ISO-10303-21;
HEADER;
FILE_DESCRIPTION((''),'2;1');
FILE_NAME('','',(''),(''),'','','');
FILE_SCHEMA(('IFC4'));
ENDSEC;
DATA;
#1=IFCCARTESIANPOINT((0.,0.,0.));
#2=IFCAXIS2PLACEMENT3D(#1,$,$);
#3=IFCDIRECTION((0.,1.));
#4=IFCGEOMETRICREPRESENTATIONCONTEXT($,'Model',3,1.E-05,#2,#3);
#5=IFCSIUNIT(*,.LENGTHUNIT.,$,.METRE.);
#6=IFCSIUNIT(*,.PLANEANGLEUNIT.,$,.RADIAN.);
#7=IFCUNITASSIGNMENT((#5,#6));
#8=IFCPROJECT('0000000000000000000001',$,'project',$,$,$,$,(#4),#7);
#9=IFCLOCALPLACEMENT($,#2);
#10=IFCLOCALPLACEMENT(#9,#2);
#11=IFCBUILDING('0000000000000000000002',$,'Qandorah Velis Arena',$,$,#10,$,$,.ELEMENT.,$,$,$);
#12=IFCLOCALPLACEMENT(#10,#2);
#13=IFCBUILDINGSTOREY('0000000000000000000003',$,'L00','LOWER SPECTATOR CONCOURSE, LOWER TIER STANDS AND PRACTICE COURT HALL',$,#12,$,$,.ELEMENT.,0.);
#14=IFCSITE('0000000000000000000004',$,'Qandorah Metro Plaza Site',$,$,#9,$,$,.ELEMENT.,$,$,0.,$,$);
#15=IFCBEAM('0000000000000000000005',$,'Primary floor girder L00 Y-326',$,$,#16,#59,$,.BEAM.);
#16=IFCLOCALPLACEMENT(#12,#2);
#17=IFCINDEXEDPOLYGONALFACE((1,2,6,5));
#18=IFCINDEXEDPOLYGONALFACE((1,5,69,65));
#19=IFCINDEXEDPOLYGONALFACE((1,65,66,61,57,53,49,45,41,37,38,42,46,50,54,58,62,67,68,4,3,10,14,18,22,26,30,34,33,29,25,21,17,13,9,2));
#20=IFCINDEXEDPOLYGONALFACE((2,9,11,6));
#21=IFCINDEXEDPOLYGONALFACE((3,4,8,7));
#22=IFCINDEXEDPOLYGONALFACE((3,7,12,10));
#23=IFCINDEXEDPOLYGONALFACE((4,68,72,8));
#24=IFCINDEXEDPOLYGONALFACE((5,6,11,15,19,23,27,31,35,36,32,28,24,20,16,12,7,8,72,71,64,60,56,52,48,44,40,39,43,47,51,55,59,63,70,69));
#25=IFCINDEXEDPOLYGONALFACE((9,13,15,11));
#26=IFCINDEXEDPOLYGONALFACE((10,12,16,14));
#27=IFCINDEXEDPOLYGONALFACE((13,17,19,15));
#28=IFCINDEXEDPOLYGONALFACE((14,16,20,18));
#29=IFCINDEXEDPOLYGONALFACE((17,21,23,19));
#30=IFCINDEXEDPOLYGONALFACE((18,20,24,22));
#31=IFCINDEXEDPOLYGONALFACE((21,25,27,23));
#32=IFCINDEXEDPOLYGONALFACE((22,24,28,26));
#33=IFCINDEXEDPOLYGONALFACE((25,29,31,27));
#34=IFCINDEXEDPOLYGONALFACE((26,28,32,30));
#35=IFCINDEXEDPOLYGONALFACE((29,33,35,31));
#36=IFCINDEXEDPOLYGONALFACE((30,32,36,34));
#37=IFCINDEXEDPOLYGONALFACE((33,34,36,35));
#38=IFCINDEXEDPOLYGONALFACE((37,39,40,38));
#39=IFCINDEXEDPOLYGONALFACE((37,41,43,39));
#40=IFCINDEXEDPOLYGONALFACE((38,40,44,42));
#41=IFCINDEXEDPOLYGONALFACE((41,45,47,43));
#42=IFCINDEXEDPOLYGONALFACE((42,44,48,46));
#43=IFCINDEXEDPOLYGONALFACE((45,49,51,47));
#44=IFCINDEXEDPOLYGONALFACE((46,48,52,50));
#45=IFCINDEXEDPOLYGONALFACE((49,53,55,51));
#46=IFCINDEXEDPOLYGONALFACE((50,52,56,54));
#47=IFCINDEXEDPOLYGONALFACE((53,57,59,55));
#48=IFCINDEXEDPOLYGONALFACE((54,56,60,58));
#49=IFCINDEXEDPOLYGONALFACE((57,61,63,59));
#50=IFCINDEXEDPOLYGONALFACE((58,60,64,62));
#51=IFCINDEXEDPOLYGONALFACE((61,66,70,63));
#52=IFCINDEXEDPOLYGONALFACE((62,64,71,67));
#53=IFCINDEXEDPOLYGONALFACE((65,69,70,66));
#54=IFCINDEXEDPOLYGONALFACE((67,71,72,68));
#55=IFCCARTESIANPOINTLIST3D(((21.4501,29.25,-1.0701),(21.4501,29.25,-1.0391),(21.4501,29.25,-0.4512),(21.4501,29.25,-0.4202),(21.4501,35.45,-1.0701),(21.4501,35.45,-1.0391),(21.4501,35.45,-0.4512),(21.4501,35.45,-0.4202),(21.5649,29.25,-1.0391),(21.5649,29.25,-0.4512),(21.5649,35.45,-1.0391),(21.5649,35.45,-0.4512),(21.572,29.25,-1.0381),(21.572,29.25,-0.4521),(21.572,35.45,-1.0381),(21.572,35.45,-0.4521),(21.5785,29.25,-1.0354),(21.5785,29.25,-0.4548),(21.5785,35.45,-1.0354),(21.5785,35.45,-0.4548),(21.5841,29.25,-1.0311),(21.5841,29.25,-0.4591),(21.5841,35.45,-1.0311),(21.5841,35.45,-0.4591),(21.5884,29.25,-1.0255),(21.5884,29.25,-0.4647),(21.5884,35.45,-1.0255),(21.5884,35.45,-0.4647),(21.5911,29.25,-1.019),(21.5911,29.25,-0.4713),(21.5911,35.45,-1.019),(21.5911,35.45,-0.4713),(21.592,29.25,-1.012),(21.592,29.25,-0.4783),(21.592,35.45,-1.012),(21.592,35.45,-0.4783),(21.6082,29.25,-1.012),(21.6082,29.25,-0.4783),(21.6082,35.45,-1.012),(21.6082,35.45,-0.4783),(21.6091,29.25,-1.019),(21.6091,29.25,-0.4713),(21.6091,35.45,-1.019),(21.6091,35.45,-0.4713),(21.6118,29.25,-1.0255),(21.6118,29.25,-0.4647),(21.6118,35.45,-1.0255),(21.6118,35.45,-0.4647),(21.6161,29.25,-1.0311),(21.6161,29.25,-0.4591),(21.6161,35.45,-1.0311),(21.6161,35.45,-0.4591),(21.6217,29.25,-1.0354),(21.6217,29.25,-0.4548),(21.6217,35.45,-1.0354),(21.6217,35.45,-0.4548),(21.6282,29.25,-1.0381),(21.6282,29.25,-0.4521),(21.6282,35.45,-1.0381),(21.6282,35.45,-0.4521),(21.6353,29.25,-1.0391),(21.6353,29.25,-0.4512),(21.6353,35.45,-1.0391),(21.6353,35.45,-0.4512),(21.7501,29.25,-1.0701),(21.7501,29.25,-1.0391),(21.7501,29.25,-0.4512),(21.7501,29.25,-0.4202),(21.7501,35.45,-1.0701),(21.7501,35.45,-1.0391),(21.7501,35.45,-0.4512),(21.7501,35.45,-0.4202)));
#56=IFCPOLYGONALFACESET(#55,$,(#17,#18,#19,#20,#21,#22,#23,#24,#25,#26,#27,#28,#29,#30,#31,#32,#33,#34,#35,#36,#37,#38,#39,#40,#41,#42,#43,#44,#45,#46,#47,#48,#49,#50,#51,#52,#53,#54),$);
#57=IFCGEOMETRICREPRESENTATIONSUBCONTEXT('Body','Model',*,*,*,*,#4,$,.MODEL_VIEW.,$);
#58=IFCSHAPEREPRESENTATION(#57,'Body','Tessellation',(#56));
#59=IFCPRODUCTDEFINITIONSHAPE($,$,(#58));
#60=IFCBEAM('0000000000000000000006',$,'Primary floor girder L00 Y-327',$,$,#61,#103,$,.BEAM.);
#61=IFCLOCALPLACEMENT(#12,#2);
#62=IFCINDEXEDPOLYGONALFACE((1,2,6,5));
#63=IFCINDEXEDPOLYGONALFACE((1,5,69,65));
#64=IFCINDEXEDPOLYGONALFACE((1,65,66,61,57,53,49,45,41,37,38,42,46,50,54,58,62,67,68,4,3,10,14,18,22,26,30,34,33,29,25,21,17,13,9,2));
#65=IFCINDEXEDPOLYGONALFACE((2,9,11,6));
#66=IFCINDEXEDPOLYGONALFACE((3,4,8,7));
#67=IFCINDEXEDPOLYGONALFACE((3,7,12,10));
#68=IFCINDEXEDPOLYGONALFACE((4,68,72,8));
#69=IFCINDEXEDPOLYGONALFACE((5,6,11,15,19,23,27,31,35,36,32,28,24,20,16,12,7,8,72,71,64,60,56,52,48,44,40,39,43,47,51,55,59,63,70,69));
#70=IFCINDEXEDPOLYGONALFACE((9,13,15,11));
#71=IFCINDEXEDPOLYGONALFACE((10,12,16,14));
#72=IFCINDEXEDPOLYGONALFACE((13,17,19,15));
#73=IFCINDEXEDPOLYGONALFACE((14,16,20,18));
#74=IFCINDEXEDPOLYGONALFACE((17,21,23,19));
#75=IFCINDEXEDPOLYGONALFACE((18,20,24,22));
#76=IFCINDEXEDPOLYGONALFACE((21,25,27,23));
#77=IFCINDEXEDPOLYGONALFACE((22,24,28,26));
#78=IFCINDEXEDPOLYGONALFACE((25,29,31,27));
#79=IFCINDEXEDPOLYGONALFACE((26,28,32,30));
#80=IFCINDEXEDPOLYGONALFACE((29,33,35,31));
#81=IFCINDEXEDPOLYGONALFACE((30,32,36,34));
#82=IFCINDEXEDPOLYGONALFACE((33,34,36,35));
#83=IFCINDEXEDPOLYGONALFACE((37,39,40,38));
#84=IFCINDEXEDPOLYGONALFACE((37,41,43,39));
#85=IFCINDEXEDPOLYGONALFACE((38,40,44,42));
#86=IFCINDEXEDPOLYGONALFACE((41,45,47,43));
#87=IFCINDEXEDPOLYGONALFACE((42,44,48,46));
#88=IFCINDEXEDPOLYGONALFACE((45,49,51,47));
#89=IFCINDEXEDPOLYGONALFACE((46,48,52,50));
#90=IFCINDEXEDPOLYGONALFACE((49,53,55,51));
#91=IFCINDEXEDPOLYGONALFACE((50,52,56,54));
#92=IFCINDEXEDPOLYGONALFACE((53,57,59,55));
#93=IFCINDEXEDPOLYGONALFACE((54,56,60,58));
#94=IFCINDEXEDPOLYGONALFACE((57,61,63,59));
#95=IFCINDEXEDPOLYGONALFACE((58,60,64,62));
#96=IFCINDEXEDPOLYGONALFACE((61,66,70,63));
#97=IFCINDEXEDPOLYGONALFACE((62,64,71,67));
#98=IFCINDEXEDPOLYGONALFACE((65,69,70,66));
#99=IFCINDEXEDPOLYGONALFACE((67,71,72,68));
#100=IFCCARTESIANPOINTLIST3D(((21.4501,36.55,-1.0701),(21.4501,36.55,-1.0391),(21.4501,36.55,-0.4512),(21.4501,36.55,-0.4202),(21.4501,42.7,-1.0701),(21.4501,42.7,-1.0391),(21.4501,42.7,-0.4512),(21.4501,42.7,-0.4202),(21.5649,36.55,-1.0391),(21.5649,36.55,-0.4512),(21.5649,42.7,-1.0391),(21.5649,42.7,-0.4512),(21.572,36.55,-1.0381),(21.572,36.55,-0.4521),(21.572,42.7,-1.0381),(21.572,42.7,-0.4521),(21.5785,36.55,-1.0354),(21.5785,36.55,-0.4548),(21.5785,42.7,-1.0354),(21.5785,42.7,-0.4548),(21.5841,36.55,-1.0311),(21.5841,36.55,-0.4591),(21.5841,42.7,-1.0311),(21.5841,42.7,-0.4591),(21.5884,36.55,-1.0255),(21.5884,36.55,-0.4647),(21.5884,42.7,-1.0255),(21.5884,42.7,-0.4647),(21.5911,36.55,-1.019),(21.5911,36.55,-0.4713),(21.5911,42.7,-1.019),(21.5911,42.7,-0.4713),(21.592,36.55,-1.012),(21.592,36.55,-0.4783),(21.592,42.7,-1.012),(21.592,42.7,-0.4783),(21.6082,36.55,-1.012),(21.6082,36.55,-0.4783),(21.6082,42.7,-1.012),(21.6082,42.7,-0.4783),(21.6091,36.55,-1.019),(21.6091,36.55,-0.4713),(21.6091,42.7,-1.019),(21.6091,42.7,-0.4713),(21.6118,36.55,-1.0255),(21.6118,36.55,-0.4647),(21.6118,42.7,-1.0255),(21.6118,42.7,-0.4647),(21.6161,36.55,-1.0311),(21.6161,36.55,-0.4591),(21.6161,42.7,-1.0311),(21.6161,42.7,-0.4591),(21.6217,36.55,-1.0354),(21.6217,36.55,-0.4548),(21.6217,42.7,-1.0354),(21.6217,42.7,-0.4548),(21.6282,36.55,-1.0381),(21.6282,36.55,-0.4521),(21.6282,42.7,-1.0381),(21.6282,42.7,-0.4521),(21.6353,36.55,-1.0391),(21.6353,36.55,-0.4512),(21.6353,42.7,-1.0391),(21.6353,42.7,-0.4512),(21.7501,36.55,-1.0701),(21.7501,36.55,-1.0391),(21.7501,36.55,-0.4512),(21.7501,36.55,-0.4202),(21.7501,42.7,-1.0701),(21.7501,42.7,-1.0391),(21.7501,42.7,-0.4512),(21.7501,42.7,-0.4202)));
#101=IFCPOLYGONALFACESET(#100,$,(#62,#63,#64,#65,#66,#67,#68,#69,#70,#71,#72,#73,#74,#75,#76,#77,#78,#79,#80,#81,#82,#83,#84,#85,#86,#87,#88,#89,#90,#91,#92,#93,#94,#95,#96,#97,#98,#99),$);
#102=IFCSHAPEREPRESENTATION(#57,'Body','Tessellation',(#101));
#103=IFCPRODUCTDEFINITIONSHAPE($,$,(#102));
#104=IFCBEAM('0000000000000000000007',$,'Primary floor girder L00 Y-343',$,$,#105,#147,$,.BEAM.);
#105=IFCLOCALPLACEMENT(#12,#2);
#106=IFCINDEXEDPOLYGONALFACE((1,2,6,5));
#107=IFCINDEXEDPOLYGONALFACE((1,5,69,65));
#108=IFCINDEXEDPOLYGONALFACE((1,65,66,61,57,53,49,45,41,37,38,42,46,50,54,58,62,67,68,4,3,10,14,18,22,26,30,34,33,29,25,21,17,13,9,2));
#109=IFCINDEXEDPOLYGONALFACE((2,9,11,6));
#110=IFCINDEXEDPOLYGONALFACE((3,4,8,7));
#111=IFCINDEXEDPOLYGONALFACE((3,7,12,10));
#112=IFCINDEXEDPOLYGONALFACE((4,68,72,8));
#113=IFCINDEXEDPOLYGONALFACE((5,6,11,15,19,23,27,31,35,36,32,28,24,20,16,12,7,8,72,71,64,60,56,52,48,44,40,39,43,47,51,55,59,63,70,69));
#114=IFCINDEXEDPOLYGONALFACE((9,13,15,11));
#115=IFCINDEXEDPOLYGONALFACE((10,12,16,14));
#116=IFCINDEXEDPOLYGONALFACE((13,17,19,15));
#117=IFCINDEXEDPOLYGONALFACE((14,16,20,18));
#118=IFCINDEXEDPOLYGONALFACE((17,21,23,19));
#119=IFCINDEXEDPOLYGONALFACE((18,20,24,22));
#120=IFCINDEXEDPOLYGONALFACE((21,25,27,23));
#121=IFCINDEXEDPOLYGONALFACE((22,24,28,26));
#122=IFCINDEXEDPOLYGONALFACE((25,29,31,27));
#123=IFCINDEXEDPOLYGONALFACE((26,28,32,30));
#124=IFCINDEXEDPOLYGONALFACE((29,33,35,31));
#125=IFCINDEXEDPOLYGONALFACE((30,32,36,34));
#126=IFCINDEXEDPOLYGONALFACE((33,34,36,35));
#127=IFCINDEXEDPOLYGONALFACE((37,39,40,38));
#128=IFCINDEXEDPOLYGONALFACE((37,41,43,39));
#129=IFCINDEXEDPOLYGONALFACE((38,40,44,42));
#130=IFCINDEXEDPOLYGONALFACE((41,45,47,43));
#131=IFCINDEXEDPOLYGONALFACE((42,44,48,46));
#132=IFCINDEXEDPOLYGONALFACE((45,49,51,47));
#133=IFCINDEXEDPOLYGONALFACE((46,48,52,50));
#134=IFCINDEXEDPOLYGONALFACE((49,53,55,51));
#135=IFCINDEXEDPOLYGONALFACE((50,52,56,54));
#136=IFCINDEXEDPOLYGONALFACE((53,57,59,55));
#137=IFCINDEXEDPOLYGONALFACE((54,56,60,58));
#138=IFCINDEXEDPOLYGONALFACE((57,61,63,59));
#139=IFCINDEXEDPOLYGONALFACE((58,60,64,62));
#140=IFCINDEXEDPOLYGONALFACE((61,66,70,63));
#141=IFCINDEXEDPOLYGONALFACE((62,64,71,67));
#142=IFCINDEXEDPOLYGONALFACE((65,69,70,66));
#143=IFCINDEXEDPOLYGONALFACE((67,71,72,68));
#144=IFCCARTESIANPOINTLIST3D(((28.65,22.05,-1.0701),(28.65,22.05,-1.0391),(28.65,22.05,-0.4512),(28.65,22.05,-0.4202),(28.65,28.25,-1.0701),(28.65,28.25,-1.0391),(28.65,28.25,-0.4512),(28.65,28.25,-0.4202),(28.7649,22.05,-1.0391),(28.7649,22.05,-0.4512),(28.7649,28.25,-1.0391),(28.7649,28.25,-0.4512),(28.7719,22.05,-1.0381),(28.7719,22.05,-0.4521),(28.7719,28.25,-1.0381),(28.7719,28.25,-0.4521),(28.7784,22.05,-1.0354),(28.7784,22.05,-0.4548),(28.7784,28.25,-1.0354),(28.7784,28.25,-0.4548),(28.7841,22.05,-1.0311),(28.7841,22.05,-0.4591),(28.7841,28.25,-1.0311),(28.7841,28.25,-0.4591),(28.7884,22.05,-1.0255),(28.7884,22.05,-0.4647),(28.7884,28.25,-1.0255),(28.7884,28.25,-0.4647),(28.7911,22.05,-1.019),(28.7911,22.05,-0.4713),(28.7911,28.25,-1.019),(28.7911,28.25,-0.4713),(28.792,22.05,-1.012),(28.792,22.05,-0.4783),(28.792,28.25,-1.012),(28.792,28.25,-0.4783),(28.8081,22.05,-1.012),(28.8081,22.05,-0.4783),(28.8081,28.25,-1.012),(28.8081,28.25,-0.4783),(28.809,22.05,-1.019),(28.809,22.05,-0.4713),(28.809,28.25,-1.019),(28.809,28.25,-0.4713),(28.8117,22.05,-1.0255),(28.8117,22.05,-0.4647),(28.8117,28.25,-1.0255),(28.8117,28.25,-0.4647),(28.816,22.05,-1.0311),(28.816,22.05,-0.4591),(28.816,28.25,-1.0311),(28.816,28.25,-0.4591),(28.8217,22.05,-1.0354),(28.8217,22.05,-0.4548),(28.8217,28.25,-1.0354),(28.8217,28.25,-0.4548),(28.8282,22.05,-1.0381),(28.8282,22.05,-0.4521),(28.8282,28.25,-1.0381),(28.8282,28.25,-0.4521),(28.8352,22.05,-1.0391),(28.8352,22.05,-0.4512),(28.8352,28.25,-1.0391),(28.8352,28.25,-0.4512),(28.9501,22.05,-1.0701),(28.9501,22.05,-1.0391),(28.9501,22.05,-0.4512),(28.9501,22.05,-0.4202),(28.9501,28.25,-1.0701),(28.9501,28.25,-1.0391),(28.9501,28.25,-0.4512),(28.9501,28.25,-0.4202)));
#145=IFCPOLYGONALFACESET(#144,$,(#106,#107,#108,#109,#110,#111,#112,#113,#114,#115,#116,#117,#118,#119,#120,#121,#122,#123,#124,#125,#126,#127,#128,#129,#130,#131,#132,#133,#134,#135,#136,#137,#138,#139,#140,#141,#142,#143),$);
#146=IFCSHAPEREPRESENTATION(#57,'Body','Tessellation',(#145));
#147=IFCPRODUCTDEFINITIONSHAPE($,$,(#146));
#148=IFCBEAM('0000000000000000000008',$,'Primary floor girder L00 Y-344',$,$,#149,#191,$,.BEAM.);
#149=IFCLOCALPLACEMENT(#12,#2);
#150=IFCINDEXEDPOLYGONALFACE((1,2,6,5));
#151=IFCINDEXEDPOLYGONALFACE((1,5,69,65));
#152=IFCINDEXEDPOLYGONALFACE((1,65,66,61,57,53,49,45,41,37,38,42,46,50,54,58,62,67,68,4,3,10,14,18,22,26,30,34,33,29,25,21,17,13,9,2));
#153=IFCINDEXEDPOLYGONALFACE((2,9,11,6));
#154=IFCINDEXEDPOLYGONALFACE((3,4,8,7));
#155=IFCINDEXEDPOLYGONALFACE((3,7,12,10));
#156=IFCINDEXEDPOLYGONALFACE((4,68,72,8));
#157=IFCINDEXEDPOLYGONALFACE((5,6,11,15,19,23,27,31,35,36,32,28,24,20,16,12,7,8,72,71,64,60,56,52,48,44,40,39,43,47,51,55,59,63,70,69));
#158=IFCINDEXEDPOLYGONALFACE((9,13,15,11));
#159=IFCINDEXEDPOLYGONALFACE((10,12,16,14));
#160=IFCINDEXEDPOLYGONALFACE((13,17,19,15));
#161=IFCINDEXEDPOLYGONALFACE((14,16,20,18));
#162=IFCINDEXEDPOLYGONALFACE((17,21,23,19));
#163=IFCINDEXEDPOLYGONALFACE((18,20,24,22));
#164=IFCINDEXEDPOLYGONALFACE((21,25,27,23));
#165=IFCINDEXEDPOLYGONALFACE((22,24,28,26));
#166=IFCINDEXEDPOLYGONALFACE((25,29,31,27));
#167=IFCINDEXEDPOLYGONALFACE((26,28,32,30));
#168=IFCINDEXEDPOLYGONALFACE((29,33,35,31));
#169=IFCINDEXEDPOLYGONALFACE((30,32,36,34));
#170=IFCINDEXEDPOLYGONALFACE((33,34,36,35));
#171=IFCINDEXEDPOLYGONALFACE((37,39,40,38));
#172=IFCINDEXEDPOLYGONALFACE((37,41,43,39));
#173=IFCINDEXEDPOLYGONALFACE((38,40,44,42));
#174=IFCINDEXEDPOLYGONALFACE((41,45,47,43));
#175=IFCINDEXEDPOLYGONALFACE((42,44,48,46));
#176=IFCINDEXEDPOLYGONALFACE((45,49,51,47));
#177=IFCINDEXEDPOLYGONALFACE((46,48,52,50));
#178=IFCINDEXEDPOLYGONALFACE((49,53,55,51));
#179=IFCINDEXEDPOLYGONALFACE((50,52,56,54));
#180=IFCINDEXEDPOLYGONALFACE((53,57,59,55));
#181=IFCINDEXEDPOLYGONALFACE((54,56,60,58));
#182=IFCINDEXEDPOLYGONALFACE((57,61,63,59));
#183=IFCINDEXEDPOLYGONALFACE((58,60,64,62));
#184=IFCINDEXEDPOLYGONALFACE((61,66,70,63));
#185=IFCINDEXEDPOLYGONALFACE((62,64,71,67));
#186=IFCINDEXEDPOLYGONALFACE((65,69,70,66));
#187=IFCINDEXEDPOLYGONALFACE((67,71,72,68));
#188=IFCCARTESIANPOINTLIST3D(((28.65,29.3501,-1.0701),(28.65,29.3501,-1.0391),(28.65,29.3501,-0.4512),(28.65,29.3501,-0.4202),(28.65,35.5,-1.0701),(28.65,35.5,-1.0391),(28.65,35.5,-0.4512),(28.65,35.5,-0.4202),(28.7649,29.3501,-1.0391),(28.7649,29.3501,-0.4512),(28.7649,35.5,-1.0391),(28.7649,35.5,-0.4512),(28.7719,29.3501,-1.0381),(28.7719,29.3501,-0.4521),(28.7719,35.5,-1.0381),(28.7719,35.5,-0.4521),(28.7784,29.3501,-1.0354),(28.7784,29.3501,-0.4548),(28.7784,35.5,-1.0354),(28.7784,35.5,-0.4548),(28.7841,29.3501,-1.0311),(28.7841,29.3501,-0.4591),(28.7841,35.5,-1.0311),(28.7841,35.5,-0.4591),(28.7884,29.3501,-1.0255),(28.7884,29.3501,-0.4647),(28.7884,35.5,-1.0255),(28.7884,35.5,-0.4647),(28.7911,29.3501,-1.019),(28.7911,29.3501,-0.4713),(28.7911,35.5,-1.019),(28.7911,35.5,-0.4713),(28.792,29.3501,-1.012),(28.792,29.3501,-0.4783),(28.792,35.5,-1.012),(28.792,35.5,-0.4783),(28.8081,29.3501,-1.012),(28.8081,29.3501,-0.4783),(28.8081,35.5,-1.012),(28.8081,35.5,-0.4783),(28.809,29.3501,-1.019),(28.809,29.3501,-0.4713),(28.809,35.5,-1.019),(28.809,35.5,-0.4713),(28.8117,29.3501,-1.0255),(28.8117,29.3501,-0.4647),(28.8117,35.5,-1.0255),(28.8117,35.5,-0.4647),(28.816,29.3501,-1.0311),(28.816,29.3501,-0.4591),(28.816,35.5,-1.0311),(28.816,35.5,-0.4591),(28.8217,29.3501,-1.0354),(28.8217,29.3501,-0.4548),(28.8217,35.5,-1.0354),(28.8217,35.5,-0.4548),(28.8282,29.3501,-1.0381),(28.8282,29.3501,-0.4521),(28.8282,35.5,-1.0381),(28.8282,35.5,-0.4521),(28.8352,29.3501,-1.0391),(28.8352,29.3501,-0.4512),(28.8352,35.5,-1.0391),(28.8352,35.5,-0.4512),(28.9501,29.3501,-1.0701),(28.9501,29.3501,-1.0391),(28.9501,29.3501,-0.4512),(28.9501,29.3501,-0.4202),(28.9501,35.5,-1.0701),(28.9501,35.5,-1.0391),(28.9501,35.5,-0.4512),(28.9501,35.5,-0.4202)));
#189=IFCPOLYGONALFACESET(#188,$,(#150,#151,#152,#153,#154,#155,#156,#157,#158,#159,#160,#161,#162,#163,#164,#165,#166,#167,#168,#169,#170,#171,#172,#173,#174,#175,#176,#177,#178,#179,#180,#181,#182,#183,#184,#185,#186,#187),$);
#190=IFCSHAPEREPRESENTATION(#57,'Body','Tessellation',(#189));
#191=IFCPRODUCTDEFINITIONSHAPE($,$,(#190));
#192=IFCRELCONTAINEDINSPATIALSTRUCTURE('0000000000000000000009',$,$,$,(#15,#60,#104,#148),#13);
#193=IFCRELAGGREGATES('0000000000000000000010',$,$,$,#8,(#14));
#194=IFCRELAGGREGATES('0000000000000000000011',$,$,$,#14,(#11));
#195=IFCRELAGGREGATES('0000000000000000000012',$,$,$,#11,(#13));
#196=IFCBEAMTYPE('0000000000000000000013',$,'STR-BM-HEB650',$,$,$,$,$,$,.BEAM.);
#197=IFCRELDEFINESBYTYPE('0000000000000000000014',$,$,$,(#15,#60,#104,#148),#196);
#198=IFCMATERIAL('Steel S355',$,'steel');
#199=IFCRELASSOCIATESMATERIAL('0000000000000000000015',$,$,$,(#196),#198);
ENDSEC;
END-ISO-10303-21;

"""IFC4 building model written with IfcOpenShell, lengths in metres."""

from ifc_helpers import new_model, si_unit, direction, frame, origin, origin_2d, place, context, subcontext, project, spatial, i_section, extrude, material, material_profile, profile_set, type_object, element, save


model = new_model("IFC4")

# Units and contexts
model_context = context("Model", 3, precision=1e-05, world=origin(), true_north=direction((0.0, 1.0)))
body_context = subcontext(model_context, "Body", "Model", "MODEL_VIEW")
ifc_project = project(units=[si_unit("LENGTHUNIT", "METRE"), si_unit("PLANEANGLEUNIT", "RADIAN")], contexts=[model_context])

# Site, building, storey
site_placement = place(None, origin())
site = spatial("IfcSite", under=ifc_project, at=site_placement, Name="Qandorah Metro Plaza Site", CompositionType="ELEMENT", RefElevation=0.0)
building_placement = place(site_placement, origin())
building = spatial("IfcBuilding", under=site, at=building_placement, Name="Qandorah Velis Arena", CompositionType="ELEMENT")
storey_placement = place(building_placement, origin())
storey = spatial("IfcBuildingStorey", under=building, at=storey_placement, Name="L00", Description="LOWER SPECTATOR CONCOURSE, LOWER TIER STANDS AND PRACTICE COURT HALL", CompositionType="ELEMENT", Elevation=0.0)

# Beams
ifc_material_1 = material(Name="Steel S355", Category="steel")
ifc_material_profile_1 = material_profile(ifc_material_1, i_section(OverallWidth=0.3, OverallDepth=0.6499, WebThickness=0.0161, FlangeThickness=0.031, FilletRadius=0.0271, at=origin_2d()), Name="HEB 650")
ifc_profile_set_1 = profile_set([ifc_material_profile_1], Name="Steel S355")
beam_type_1 = type_object("IfcBeamType", Name="STR-BM-HEB650", PredefinedType="BEAM", material=ifc_profile_set_1)
beam_1_placement = place(storey_placement, frame((21.6001, 29.25, -0.7451), z_axis=(0.0, 1.0, 0.0), x_axis=(-1.0, 0.0, 0.0)))
element("IfcBeam", 1, at=beam_1_placement, inside=storey, type_object=beam_type_1, Name="Primary floor girder L00 Y-326", PredefinedType="BEAM", context=body_context, shape_type="SweptSolid", body=[
    extrude(i_section(OverallWidth=0.3, OverallDepth=0.6499, WebThickness=0.0161, FlangeThickness=0.031, FilletRadius=0.0271, at=origin_2d()), origin(), (0.0, 0.0, 1.0), 6.2),
])
beam_2_placement = place(storey_placement, frame((21.6001, 36.55, -0.7451), z_axis=(0.0, 1.0, 0.0), x_axis=(-1.0, 0.0, 0.0)))
element("IfcBeam", 2, at=beam_2_placement, inside=storey, type_object=beam_type_1, Name="Primary floor girder L00 Y-327", PredefinedType="BEAM", context=body_context, shape_type="SweptSolid", body=[
    extrude(i_section(OverallWidth=0.3, OverallDepth=0.6499, WebThickness=0.0161, FlangeThickness=0.031, FilletRadius=0.0271, at=origin_2d()), origin(), (0.0, 0.0, 1.0), 6.1499),
])
beam_3_placement = place(storey_placement, frame((28.8, 22.05, -0.7451), z_axis=(0.0, 1.0, 0.0), x_axis=(-1.0, 0.0, 0.0)))
element("IfcBeam", 3, at=beam_3_placement, inside=storey, type_object=beam_type_1, Name="Primary floor girder L00 Y-343", PredefinedType="BEAM", context=body_context, shape_type="SweptSolid", body=[
    extrude(i_section(OverallWidth=0.3, OverallDepth=0.6499, WebThickness=0.0161, FlangeThickness=0.031, FilletRadius=0.0271, at=origin_2d()), origin(), (0.0, 0.0, 1.0), 6.2),
])
beam_4_placement = place(storey_placement, frame((28.8, 29.3501, -0.7451), z_axis=(0.0, 1.0, 0.0), x_axis=(-1.0, 0.0, 0.0)))
element("IfcBeam", 4, at=beam_4_placement, inside=storey, type_object=beam_type_1, Name="Primary floor girder L00 Y-344", PredefinedType="BEAM", context=body_context, shape_type="SweptSolid", body=[
    extrude(i_section(OverallWidth=0.3, OverallDepth=0.6499, WebThickness=0.0161, FlangeThickness=0.031, FilletRadius=0.0271, at=origin_2d()), origin(), (0.0, 0.0, 1.0), 6.1499),
])

save(model, "model.ifc")
